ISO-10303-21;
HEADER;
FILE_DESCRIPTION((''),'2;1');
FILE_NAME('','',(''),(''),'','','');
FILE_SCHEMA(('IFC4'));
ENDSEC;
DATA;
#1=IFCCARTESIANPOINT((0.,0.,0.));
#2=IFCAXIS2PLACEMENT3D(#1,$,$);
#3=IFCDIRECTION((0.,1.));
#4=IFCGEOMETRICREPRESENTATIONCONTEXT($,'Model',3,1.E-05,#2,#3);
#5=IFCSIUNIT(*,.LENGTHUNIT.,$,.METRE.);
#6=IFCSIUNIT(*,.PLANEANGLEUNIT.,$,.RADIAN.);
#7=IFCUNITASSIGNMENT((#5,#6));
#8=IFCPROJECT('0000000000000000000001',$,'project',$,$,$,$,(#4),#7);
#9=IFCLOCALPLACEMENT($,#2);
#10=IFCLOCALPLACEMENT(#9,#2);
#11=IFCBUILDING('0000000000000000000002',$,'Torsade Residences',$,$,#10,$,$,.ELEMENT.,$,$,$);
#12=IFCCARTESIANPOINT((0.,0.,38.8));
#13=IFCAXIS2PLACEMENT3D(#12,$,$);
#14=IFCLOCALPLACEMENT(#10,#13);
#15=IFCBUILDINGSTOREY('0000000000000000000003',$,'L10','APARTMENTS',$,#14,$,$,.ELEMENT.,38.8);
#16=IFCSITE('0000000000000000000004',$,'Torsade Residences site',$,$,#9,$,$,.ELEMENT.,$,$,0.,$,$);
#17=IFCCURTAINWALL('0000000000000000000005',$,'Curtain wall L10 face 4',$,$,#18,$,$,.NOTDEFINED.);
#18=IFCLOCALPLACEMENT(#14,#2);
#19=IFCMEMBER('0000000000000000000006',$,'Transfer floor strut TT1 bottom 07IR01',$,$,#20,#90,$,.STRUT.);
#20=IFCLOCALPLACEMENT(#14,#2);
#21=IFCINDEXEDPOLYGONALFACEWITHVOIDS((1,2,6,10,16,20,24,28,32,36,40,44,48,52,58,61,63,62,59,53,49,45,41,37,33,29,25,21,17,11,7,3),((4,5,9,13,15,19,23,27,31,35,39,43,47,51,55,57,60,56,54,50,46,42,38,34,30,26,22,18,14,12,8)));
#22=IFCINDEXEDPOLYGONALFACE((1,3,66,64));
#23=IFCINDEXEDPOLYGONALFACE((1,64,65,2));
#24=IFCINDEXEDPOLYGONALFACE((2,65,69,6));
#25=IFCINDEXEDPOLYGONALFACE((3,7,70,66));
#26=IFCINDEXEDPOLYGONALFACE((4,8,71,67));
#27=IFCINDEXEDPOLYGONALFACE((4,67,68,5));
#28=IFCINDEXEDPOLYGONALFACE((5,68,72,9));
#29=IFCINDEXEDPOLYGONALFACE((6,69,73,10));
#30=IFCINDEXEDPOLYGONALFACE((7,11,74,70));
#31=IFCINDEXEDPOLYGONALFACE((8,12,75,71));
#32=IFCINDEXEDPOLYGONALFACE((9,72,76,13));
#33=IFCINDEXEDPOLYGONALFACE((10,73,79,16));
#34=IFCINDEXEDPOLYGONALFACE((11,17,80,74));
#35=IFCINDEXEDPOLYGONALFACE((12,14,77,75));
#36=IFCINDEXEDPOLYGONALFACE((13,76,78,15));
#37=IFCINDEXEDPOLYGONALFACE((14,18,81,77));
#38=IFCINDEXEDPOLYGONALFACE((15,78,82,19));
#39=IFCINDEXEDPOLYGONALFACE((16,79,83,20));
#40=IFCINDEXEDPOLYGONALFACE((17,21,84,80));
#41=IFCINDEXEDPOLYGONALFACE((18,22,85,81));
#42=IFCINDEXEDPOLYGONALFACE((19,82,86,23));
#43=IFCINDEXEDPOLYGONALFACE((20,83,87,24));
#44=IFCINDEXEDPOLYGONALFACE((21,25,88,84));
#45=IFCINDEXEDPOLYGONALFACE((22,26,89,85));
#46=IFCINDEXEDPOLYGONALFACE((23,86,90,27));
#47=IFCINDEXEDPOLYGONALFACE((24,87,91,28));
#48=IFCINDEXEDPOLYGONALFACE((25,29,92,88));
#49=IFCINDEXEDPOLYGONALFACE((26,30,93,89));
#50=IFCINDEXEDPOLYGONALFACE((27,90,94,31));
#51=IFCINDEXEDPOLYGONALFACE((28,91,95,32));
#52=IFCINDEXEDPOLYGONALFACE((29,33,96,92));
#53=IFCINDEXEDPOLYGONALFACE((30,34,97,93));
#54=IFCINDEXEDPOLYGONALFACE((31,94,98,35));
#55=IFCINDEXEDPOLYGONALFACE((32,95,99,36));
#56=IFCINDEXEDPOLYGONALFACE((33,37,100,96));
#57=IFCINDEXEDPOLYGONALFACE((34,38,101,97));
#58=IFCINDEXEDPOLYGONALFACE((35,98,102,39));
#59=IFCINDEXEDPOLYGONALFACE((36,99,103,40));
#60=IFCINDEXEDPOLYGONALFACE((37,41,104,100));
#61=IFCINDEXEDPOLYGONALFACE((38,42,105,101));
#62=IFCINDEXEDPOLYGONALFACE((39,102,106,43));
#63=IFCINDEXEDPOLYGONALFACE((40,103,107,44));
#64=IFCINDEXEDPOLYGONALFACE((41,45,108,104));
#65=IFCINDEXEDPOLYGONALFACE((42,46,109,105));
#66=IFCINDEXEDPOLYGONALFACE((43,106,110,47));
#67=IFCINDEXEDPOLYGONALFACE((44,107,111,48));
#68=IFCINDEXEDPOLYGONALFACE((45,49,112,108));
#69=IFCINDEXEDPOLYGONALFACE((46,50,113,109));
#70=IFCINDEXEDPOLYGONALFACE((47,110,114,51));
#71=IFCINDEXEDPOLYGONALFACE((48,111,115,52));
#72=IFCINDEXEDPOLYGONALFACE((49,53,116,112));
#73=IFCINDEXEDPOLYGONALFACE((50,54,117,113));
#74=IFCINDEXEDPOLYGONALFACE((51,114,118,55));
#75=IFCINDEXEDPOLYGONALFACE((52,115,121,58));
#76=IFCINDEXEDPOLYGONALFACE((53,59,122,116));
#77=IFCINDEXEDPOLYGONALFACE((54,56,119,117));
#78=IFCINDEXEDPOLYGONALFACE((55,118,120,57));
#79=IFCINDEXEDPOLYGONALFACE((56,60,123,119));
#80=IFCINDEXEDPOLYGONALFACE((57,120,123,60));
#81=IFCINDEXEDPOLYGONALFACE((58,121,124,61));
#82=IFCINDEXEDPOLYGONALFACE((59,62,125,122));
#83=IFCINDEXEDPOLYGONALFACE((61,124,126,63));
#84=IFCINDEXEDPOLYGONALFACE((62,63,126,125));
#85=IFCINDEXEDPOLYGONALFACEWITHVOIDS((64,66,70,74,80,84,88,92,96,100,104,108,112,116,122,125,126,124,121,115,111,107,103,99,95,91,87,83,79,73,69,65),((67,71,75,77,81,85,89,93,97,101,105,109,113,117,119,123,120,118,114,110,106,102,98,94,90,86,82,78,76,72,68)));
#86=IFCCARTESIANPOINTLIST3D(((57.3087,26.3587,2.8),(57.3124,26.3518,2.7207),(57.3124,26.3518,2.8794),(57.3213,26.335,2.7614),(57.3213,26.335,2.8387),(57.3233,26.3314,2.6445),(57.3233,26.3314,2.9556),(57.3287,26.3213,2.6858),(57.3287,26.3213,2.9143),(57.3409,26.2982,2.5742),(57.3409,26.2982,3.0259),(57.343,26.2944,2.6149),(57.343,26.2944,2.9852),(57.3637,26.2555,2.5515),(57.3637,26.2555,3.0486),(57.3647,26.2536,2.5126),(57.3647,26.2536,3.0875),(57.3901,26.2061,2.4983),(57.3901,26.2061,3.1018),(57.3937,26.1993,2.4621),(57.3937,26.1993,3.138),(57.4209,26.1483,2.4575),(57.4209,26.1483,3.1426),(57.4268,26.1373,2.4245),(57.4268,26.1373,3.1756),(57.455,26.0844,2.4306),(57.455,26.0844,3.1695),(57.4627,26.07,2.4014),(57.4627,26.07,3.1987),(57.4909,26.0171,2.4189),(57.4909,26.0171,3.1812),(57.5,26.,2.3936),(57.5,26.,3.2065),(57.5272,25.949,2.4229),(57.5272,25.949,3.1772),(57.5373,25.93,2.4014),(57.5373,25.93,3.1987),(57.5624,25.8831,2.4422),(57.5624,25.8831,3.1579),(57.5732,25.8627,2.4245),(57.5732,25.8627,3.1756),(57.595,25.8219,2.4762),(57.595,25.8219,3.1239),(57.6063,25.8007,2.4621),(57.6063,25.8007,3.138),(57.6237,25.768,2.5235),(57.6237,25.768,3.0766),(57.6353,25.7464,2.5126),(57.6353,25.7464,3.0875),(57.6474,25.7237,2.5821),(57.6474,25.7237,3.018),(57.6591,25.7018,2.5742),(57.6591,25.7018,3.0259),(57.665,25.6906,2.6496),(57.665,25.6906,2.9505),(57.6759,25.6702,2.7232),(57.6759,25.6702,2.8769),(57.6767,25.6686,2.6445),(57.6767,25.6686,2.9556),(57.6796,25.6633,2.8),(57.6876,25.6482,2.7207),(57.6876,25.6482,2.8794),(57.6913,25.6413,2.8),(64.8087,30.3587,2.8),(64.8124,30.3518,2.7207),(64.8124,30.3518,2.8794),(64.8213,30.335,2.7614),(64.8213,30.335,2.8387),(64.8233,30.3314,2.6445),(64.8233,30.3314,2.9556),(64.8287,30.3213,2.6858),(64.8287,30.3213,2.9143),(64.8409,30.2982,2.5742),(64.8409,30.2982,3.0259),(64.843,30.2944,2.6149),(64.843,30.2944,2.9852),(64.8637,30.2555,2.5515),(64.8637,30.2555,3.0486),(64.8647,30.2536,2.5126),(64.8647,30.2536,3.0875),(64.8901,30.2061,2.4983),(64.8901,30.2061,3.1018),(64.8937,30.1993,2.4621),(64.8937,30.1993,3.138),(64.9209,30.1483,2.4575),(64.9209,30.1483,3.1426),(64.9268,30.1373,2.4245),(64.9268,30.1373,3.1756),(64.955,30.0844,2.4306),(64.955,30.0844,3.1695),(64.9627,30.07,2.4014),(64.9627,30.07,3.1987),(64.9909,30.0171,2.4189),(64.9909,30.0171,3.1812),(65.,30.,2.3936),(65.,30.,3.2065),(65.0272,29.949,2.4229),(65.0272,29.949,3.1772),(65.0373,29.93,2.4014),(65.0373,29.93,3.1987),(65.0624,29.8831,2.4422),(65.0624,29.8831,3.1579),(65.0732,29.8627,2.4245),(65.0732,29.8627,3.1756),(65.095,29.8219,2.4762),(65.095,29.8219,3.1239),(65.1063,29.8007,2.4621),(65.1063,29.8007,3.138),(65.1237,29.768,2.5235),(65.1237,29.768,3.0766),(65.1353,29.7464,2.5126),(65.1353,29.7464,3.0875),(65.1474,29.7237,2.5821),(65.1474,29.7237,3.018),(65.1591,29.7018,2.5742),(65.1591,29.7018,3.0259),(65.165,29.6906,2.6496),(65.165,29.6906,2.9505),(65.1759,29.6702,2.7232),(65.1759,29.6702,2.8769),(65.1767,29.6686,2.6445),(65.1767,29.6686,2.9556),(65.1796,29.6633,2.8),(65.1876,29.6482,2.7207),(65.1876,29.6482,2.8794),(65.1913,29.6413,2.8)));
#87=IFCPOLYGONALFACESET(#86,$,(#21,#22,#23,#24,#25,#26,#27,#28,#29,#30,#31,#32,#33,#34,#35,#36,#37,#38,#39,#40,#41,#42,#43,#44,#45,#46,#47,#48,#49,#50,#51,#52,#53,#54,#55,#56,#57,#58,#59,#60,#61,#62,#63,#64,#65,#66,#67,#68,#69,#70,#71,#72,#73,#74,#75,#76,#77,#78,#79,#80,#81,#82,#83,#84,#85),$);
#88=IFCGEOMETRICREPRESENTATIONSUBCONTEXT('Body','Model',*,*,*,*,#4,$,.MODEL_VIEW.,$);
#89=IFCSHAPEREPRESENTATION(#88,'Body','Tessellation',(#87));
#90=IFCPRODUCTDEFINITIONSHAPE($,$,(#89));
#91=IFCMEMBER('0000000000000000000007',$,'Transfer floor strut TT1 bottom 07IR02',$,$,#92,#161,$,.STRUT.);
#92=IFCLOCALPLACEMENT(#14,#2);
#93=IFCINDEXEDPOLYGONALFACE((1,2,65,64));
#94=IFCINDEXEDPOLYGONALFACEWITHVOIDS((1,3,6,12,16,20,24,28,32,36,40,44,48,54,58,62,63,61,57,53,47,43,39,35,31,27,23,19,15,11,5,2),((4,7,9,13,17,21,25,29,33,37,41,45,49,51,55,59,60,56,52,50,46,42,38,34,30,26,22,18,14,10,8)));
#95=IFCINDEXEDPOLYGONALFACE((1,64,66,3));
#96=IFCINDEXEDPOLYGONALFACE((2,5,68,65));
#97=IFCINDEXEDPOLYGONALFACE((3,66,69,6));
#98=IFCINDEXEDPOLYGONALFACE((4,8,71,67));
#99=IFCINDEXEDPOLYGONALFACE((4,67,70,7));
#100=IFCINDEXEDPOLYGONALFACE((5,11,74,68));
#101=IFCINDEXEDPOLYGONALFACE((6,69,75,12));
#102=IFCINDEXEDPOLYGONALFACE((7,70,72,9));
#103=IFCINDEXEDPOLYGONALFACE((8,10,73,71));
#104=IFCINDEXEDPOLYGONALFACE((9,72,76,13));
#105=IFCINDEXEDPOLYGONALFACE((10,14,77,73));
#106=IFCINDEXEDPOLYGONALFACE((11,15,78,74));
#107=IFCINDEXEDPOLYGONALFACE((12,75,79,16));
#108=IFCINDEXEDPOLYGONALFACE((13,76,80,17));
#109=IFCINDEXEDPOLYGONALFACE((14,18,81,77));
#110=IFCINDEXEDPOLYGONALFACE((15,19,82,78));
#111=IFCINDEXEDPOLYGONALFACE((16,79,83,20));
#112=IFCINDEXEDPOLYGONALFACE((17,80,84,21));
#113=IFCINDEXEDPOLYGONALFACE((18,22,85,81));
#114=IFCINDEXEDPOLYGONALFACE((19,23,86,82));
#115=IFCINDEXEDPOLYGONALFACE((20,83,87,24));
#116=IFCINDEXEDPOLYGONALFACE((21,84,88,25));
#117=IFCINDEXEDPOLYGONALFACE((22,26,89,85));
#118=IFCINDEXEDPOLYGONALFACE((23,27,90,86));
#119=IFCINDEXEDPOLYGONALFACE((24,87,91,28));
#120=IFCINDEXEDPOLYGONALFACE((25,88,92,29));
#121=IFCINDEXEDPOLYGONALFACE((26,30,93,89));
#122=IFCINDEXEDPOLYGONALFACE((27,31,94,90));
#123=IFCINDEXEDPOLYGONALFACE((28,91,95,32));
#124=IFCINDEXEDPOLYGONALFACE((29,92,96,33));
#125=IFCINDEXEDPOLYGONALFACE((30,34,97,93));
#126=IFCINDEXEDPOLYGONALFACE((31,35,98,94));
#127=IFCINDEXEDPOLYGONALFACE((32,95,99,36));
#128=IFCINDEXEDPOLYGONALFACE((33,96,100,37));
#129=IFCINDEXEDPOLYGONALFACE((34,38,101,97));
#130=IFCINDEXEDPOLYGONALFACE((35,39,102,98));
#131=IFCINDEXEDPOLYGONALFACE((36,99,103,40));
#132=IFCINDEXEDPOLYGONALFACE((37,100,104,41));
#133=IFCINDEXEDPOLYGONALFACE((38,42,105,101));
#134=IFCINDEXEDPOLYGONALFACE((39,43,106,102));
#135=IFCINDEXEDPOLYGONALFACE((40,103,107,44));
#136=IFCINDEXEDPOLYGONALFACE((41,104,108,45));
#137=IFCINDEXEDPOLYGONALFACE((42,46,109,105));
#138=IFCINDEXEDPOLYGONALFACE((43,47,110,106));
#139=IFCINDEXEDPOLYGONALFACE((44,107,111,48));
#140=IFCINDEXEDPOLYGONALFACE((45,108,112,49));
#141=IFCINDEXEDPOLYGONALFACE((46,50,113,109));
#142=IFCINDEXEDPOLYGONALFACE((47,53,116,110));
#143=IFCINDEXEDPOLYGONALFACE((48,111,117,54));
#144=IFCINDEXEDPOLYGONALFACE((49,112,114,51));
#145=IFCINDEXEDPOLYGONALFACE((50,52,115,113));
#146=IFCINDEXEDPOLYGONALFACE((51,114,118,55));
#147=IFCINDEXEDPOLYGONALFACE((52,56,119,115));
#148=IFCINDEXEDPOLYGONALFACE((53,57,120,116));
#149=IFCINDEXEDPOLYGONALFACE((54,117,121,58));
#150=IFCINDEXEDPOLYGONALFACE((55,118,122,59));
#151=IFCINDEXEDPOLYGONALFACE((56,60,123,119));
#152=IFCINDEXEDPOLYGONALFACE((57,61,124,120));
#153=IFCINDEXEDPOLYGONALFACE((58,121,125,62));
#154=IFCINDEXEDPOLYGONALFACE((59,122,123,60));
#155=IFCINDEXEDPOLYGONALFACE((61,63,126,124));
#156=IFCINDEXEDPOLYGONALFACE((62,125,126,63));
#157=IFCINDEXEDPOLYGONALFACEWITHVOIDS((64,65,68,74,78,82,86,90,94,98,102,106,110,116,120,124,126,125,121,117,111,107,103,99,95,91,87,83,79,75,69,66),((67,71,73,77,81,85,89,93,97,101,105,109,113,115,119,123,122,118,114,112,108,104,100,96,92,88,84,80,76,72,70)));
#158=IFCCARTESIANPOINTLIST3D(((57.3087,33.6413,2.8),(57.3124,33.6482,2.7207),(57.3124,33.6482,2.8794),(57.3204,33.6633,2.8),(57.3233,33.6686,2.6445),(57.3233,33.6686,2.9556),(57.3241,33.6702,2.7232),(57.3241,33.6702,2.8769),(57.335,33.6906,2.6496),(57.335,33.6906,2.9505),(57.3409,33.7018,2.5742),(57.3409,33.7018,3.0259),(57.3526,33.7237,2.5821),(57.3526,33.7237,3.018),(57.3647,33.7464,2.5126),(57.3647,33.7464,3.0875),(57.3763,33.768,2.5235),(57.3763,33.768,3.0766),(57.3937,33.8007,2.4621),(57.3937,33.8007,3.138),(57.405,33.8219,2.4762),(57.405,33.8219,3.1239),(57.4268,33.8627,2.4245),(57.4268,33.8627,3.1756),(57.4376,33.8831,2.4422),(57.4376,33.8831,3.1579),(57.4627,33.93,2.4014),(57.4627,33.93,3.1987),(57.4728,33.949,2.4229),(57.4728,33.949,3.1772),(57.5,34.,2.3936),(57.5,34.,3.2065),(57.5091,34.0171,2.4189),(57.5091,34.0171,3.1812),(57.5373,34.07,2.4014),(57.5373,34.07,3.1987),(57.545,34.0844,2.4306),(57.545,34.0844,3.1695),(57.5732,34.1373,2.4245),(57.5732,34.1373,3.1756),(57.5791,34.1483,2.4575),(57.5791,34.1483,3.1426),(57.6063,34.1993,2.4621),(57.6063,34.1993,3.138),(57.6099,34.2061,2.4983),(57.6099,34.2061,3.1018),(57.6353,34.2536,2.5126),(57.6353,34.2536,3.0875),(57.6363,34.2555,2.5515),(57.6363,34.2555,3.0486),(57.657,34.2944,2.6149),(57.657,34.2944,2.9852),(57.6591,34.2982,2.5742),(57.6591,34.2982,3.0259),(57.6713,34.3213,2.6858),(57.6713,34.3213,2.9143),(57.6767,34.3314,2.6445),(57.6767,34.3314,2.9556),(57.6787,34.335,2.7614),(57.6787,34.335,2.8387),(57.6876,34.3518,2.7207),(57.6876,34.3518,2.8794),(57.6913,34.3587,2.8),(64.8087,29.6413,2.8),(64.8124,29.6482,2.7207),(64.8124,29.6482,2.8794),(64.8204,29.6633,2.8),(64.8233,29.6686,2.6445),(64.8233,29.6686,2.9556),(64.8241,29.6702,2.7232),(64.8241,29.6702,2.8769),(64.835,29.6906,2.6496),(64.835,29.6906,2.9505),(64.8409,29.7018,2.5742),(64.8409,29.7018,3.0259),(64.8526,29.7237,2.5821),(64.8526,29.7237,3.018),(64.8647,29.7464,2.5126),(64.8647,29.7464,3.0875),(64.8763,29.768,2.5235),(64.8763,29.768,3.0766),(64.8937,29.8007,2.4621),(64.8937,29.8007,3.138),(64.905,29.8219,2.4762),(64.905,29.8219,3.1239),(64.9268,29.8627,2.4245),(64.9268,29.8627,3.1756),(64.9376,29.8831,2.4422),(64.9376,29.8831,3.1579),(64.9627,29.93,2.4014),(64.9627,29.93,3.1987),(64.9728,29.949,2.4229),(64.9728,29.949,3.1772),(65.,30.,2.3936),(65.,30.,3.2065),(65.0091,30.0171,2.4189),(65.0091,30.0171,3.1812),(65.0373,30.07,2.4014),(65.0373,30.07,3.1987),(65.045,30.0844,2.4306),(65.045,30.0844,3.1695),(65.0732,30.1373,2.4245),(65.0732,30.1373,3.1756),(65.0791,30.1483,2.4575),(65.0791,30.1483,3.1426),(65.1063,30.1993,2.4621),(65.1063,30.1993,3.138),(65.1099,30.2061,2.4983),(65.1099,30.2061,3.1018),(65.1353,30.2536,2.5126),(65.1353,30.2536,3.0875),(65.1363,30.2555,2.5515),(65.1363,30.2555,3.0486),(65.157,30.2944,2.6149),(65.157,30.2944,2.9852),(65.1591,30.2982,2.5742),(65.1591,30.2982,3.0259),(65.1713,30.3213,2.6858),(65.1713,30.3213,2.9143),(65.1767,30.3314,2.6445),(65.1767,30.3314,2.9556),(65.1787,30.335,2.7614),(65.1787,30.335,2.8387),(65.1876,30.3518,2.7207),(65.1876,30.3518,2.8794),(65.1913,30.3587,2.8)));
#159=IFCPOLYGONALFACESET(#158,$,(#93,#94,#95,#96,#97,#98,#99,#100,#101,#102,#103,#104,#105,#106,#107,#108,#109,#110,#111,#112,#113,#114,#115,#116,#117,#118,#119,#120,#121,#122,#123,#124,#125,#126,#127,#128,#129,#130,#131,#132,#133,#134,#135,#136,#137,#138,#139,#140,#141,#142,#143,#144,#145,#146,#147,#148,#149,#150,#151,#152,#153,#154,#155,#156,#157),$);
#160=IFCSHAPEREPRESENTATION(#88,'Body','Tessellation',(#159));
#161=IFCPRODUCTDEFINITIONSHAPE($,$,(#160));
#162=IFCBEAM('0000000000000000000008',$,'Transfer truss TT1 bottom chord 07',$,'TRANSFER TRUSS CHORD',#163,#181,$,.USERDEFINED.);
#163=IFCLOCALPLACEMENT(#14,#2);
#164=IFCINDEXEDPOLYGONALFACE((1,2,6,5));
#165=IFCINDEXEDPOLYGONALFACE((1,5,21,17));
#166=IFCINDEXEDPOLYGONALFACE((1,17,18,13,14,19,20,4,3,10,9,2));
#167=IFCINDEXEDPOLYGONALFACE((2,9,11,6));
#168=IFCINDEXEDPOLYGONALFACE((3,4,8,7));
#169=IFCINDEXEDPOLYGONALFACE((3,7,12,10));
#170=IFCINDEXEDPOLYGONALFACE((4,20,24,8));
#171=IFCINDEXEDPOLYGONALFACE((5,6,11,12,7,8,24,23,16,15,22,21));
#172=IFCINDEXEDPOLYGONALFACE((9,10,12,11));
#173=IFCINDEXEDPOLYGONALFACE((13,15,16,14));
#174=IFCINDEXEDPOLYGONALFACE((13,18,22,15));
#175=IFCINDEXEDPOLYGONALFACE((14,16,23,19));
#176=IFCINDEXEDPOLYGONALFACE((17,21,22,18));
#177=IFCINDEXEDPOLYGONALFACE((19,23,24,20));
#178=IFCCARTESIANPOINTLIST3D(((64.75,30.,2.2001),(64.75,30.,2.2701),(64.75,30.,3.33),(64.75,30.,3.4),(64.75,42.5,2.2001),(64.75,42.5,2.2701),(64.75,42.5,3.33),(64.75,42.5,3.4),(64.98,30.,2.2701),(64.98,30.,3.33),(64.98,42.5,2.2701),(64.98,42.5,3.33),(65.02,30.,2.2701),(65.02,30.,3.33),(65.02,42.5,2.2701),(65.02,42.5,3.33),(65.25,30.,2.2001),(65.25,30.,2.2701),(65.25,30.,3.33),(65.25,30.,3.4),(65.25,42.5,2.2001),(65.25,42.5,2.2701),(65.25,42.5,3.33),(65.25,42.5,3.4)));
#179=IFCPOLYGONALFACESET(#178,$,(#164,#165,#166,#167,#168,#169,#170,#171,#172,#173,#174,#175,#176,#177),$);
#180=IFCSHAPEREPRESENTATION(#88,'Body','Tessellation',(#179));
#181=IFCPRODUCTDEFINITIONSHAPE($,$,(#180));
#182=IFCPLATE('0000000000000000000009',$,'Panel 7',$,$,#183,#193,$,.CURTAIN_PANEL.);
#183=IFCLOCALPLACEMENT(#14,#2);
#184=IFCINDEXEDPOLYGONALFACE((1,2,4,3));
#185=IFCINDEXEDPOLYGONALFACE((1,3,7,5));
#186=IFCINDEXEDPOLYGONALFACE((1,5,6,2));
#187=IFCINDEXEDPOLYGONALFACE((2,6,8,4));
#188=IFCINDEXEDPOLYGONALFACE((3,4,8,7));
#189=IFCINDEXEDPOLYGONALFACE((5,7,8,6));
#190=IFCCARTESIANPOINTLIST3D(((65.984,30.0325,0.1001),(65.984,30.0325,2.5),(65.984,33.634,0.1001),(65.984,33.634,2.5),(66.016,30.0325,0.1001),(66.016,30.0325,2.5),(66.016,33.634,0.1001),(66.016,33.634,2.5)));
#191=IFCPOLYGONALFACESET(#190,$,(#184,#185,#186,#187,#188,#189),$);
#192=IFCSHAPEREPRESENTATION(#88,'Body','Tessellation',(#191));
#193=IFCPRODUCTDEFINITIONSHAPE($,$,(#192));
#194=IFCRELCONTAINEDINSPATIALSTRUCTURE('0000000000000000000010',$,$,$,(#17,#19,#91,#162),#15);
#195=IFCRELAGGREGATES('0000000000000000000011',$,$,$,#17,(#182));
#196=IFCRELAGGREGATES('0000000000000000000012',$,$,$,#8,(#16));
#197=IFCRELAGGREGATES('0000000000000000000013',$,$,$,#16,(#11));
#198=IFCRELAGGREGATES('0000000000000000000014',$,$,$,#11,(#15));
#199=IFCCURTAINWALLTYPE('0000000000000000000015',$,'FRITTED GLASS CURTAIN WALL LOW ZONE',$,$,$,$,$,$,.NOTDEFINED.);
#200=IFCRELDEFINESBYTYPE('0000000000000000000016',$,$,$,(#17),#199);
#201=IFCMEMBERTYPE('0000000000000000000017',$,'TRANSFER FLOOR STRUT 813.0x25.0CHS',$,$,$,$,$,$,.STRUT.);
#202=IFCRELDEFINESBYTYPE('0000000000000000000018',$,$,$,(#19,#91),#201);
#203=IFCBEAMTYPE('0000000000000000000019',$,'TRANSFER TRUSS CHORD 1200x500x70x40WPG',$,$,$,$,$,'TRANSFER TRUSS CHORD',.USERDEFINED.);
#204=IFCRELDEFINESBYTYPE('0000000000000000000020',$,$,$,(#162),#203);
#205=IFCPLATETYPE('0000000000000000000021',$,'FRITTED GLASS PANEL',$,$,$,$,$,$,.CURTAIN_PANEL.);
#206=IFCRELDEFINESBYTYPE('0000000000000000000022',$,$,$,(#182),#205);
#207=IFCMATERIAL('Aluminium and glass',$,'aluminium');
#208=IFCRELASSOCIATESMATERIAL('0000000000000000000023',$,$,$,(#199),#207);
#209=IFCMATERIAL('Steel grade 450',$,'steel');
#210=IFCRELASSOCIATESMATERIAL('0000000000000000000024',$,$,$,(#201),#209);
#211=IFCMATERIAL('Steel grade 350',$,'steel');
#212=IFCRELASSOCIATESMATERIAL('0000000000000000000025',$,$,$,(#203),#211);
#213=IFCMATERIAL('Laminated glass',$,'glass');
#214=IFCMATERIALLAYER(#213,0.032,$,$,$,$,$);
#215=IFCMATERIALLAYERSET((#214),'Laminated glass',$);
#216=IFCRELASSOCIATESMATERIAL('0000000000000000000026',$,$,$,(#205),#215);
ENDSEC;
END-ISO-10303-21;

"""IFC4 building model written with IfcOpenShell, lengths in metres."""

from ifc_helpers import new_model, si_unit, direction, frame, origin, origin_2d, place, context, subcontext, project, spatial, rectangle, hollow_circle, i_section, extrude, material, layer, layer_set, material_profile, profile_set, type_object, element, aggregate, save


model = new_model("IFC4")

# Units and contexts
model_context = context("Model", 3, precision=1e-05, world=origin(), true_north=direction((0.0, 1.0)))
body_context = subcontext(model_context, "Body", "Model", "MODEL_VIEW")
ifc_project = project(units=[si_unit("LENGTHUNIT", "METRE"), si_unit("PLANEANGLEUNIT", "RADIAN")], contexts=[model_context])

# Site, building, storey
site_placement = place(None, origin())
site = spatial("IfcSite", under=ifc_project, at=site_placement, Name="Torsade Residences site", CompositionType="ELEMENT", RefElevation=0.0)
building_placement = place(site_placement, origin())
building = spatial("IfcBuilding", under=site, at=building_placement, Name="Torsade Residences", CompositionType="ELEMENT")
storey_placement = place(building_placement, frame((0.0, 0.0, 38.8)))
storey = spatial("IfcBuildingStorey", under=building, at=storey_placement, Name="L10", Description="APARTMENTS", CompositionType="ELEMENT", Elevation=38.8)

# Curtain wall
ifc_material_1 = material(Name="Aluminium and glass", Category="aluminium")
curtain_wall_type = type_object("IfcCurtainWallType", Name="FRITTED GLASS CURTAIN WALL LOW ZONE", PredefinedType="NOTDEFINED", material=ifc_material_1)
curtain_wall_placement = place(storey_placement, origin())
curtain_wall = element("IfcCurtainWall", 1, at=curtain_wall_placement, inside=storey, type_object=curtain_wall_type, Name="Curtain wall L10 face 4", PredefinedType="NOTDEFINED")

# Members
ifc_material_2 = material(Name="Steel grade 450", Category="steel")
ifc_material_profile_1 = material_profile(ifc_material_2, hollow_circle(Radius=0.4065, WallThickness=0.0249, at=origin_2d()), Name="813.0x25.0CHS")
ifc_profile_set_1 = profile_set([ifc_material_profile_1], Name="Steel grade 450")
member_type_1 = type_object("IfcMemberType", Name="TRANSFER FLOOR STRUT 813.0x25.0CHS", PredefinedType="STRUT", material=ifc_profile_set_1)
for number, where, z_axis, x_axis, name in (
    (2, (65.0, 30.0, 2.8), (-0.882353, -0.470588, 0.0), (0.470588, -0.882353, 0.0), "Transfer floor strut TT1 bottom 07IR01"),
    (3, (65.0, 30.0, 2.8), (-0.882353, 0.470588, 0.0), (-0.470588, -0.882353, 0.0), "Transfer floor strut TT1 bottom 07IR02"),
):
    element("IfcMember", number, at=place(storey_placement, frame(where, z_axis=z_axis, x_axis=x_axis)), inside=storey, type_object=member_type_1, Name=name, PredefinedType="STRUT", context=body_context, shape_type="SweptSolid", body=[
        extrude(hollow_circle(Radius=0.4065, WallThickness=0.0249, at=origin_2d()), origin(), (0.0, 0.0, 1.0), 8.5),
    ])

# Beam
ifc_material_3 = material(Name="Steel grade 350", Category="steel")
ifc_material_profile_2 = material_profile(ifc_material_3, i_section(OverallWidth=0.5, OverallDepth=1.2, WebThickness=0.04, FlangeThickness=0.0701, at=origin_2d()), Name="1200x500x70x40WPG")
ifc_profile_set_2 = profile_set([ifc_material_profile_2], Name="Steel grade 350")
beam_type_1 = type_object("IfcBeamType", Name="TRANSFER TRUSS CHORD 1200x500x70x40WPG", ElementType="TRANSFER TRUSS CHORD", PredefinedType="USERDEFINED", material=ifc_profile_set_2)
beam_1_placement = place(storey_placement, frame((65.0, 30.0, 2.8), z_axis=(0.0, 1.0, 0.0), x_axis=(-1.0, 0.0, 0.0)))
element("IfcBeam", 4, at=beam_1_placement, inside=storey, type_object=beam_type_1, Name="Transfer truss TT1 bottom chord 07", ObjectType="TRANSFER TRUSS CHORD", PredefinedType="USERDEFINED", context=body_context, shape_type="SweptSolid", body=[
    extrude(i_section(OverallWidth=0.5, OverallDepth=1.2, WebThickness=0.04, FlangeThickness=0.0701, at=origin_2d()), origin(), (0.0, 0.0, 1.0), 12.5),
])

# Plate
ifc_material_4 = material(Name="Laminated glass", Category="glass")
ifc_layer_1 = layer(ifc_material_4, 0.032)
ifc_layer_set_1 = layer_set([ifc_layer_1], Name="Laminated glass")
plate_type_1 = type_object("IfcPlateType", Name="FRITTED GLASS PANEL", PredefinedType="CURTAIN_PANEL", material=ifc_layer_set_1)
plate_1_placement = place(storey_placement, frame((66.0, 31.8333, 0.1001), z_axis=(0.0, 0.0, 1.0), x_axis=(0.0, 1.0, 0.0)))
plate_1 = element("IfcPlate", 5, at=plate_1_placement, type_object=plate_type_1, Name="Panel 7", PredefinedType="CURTAIN_PANEL", context=body_context, shape_type="SweptSolid", body=[
    extrude(rectangle(XDim=3.6016, YDim=0.032, at=origin_2d()), origin(), (0.0, 0.0, 1.0), 2.3999),
])
aggregate(curtain_wall, [plate_1])

save(model, "model.ifc")
